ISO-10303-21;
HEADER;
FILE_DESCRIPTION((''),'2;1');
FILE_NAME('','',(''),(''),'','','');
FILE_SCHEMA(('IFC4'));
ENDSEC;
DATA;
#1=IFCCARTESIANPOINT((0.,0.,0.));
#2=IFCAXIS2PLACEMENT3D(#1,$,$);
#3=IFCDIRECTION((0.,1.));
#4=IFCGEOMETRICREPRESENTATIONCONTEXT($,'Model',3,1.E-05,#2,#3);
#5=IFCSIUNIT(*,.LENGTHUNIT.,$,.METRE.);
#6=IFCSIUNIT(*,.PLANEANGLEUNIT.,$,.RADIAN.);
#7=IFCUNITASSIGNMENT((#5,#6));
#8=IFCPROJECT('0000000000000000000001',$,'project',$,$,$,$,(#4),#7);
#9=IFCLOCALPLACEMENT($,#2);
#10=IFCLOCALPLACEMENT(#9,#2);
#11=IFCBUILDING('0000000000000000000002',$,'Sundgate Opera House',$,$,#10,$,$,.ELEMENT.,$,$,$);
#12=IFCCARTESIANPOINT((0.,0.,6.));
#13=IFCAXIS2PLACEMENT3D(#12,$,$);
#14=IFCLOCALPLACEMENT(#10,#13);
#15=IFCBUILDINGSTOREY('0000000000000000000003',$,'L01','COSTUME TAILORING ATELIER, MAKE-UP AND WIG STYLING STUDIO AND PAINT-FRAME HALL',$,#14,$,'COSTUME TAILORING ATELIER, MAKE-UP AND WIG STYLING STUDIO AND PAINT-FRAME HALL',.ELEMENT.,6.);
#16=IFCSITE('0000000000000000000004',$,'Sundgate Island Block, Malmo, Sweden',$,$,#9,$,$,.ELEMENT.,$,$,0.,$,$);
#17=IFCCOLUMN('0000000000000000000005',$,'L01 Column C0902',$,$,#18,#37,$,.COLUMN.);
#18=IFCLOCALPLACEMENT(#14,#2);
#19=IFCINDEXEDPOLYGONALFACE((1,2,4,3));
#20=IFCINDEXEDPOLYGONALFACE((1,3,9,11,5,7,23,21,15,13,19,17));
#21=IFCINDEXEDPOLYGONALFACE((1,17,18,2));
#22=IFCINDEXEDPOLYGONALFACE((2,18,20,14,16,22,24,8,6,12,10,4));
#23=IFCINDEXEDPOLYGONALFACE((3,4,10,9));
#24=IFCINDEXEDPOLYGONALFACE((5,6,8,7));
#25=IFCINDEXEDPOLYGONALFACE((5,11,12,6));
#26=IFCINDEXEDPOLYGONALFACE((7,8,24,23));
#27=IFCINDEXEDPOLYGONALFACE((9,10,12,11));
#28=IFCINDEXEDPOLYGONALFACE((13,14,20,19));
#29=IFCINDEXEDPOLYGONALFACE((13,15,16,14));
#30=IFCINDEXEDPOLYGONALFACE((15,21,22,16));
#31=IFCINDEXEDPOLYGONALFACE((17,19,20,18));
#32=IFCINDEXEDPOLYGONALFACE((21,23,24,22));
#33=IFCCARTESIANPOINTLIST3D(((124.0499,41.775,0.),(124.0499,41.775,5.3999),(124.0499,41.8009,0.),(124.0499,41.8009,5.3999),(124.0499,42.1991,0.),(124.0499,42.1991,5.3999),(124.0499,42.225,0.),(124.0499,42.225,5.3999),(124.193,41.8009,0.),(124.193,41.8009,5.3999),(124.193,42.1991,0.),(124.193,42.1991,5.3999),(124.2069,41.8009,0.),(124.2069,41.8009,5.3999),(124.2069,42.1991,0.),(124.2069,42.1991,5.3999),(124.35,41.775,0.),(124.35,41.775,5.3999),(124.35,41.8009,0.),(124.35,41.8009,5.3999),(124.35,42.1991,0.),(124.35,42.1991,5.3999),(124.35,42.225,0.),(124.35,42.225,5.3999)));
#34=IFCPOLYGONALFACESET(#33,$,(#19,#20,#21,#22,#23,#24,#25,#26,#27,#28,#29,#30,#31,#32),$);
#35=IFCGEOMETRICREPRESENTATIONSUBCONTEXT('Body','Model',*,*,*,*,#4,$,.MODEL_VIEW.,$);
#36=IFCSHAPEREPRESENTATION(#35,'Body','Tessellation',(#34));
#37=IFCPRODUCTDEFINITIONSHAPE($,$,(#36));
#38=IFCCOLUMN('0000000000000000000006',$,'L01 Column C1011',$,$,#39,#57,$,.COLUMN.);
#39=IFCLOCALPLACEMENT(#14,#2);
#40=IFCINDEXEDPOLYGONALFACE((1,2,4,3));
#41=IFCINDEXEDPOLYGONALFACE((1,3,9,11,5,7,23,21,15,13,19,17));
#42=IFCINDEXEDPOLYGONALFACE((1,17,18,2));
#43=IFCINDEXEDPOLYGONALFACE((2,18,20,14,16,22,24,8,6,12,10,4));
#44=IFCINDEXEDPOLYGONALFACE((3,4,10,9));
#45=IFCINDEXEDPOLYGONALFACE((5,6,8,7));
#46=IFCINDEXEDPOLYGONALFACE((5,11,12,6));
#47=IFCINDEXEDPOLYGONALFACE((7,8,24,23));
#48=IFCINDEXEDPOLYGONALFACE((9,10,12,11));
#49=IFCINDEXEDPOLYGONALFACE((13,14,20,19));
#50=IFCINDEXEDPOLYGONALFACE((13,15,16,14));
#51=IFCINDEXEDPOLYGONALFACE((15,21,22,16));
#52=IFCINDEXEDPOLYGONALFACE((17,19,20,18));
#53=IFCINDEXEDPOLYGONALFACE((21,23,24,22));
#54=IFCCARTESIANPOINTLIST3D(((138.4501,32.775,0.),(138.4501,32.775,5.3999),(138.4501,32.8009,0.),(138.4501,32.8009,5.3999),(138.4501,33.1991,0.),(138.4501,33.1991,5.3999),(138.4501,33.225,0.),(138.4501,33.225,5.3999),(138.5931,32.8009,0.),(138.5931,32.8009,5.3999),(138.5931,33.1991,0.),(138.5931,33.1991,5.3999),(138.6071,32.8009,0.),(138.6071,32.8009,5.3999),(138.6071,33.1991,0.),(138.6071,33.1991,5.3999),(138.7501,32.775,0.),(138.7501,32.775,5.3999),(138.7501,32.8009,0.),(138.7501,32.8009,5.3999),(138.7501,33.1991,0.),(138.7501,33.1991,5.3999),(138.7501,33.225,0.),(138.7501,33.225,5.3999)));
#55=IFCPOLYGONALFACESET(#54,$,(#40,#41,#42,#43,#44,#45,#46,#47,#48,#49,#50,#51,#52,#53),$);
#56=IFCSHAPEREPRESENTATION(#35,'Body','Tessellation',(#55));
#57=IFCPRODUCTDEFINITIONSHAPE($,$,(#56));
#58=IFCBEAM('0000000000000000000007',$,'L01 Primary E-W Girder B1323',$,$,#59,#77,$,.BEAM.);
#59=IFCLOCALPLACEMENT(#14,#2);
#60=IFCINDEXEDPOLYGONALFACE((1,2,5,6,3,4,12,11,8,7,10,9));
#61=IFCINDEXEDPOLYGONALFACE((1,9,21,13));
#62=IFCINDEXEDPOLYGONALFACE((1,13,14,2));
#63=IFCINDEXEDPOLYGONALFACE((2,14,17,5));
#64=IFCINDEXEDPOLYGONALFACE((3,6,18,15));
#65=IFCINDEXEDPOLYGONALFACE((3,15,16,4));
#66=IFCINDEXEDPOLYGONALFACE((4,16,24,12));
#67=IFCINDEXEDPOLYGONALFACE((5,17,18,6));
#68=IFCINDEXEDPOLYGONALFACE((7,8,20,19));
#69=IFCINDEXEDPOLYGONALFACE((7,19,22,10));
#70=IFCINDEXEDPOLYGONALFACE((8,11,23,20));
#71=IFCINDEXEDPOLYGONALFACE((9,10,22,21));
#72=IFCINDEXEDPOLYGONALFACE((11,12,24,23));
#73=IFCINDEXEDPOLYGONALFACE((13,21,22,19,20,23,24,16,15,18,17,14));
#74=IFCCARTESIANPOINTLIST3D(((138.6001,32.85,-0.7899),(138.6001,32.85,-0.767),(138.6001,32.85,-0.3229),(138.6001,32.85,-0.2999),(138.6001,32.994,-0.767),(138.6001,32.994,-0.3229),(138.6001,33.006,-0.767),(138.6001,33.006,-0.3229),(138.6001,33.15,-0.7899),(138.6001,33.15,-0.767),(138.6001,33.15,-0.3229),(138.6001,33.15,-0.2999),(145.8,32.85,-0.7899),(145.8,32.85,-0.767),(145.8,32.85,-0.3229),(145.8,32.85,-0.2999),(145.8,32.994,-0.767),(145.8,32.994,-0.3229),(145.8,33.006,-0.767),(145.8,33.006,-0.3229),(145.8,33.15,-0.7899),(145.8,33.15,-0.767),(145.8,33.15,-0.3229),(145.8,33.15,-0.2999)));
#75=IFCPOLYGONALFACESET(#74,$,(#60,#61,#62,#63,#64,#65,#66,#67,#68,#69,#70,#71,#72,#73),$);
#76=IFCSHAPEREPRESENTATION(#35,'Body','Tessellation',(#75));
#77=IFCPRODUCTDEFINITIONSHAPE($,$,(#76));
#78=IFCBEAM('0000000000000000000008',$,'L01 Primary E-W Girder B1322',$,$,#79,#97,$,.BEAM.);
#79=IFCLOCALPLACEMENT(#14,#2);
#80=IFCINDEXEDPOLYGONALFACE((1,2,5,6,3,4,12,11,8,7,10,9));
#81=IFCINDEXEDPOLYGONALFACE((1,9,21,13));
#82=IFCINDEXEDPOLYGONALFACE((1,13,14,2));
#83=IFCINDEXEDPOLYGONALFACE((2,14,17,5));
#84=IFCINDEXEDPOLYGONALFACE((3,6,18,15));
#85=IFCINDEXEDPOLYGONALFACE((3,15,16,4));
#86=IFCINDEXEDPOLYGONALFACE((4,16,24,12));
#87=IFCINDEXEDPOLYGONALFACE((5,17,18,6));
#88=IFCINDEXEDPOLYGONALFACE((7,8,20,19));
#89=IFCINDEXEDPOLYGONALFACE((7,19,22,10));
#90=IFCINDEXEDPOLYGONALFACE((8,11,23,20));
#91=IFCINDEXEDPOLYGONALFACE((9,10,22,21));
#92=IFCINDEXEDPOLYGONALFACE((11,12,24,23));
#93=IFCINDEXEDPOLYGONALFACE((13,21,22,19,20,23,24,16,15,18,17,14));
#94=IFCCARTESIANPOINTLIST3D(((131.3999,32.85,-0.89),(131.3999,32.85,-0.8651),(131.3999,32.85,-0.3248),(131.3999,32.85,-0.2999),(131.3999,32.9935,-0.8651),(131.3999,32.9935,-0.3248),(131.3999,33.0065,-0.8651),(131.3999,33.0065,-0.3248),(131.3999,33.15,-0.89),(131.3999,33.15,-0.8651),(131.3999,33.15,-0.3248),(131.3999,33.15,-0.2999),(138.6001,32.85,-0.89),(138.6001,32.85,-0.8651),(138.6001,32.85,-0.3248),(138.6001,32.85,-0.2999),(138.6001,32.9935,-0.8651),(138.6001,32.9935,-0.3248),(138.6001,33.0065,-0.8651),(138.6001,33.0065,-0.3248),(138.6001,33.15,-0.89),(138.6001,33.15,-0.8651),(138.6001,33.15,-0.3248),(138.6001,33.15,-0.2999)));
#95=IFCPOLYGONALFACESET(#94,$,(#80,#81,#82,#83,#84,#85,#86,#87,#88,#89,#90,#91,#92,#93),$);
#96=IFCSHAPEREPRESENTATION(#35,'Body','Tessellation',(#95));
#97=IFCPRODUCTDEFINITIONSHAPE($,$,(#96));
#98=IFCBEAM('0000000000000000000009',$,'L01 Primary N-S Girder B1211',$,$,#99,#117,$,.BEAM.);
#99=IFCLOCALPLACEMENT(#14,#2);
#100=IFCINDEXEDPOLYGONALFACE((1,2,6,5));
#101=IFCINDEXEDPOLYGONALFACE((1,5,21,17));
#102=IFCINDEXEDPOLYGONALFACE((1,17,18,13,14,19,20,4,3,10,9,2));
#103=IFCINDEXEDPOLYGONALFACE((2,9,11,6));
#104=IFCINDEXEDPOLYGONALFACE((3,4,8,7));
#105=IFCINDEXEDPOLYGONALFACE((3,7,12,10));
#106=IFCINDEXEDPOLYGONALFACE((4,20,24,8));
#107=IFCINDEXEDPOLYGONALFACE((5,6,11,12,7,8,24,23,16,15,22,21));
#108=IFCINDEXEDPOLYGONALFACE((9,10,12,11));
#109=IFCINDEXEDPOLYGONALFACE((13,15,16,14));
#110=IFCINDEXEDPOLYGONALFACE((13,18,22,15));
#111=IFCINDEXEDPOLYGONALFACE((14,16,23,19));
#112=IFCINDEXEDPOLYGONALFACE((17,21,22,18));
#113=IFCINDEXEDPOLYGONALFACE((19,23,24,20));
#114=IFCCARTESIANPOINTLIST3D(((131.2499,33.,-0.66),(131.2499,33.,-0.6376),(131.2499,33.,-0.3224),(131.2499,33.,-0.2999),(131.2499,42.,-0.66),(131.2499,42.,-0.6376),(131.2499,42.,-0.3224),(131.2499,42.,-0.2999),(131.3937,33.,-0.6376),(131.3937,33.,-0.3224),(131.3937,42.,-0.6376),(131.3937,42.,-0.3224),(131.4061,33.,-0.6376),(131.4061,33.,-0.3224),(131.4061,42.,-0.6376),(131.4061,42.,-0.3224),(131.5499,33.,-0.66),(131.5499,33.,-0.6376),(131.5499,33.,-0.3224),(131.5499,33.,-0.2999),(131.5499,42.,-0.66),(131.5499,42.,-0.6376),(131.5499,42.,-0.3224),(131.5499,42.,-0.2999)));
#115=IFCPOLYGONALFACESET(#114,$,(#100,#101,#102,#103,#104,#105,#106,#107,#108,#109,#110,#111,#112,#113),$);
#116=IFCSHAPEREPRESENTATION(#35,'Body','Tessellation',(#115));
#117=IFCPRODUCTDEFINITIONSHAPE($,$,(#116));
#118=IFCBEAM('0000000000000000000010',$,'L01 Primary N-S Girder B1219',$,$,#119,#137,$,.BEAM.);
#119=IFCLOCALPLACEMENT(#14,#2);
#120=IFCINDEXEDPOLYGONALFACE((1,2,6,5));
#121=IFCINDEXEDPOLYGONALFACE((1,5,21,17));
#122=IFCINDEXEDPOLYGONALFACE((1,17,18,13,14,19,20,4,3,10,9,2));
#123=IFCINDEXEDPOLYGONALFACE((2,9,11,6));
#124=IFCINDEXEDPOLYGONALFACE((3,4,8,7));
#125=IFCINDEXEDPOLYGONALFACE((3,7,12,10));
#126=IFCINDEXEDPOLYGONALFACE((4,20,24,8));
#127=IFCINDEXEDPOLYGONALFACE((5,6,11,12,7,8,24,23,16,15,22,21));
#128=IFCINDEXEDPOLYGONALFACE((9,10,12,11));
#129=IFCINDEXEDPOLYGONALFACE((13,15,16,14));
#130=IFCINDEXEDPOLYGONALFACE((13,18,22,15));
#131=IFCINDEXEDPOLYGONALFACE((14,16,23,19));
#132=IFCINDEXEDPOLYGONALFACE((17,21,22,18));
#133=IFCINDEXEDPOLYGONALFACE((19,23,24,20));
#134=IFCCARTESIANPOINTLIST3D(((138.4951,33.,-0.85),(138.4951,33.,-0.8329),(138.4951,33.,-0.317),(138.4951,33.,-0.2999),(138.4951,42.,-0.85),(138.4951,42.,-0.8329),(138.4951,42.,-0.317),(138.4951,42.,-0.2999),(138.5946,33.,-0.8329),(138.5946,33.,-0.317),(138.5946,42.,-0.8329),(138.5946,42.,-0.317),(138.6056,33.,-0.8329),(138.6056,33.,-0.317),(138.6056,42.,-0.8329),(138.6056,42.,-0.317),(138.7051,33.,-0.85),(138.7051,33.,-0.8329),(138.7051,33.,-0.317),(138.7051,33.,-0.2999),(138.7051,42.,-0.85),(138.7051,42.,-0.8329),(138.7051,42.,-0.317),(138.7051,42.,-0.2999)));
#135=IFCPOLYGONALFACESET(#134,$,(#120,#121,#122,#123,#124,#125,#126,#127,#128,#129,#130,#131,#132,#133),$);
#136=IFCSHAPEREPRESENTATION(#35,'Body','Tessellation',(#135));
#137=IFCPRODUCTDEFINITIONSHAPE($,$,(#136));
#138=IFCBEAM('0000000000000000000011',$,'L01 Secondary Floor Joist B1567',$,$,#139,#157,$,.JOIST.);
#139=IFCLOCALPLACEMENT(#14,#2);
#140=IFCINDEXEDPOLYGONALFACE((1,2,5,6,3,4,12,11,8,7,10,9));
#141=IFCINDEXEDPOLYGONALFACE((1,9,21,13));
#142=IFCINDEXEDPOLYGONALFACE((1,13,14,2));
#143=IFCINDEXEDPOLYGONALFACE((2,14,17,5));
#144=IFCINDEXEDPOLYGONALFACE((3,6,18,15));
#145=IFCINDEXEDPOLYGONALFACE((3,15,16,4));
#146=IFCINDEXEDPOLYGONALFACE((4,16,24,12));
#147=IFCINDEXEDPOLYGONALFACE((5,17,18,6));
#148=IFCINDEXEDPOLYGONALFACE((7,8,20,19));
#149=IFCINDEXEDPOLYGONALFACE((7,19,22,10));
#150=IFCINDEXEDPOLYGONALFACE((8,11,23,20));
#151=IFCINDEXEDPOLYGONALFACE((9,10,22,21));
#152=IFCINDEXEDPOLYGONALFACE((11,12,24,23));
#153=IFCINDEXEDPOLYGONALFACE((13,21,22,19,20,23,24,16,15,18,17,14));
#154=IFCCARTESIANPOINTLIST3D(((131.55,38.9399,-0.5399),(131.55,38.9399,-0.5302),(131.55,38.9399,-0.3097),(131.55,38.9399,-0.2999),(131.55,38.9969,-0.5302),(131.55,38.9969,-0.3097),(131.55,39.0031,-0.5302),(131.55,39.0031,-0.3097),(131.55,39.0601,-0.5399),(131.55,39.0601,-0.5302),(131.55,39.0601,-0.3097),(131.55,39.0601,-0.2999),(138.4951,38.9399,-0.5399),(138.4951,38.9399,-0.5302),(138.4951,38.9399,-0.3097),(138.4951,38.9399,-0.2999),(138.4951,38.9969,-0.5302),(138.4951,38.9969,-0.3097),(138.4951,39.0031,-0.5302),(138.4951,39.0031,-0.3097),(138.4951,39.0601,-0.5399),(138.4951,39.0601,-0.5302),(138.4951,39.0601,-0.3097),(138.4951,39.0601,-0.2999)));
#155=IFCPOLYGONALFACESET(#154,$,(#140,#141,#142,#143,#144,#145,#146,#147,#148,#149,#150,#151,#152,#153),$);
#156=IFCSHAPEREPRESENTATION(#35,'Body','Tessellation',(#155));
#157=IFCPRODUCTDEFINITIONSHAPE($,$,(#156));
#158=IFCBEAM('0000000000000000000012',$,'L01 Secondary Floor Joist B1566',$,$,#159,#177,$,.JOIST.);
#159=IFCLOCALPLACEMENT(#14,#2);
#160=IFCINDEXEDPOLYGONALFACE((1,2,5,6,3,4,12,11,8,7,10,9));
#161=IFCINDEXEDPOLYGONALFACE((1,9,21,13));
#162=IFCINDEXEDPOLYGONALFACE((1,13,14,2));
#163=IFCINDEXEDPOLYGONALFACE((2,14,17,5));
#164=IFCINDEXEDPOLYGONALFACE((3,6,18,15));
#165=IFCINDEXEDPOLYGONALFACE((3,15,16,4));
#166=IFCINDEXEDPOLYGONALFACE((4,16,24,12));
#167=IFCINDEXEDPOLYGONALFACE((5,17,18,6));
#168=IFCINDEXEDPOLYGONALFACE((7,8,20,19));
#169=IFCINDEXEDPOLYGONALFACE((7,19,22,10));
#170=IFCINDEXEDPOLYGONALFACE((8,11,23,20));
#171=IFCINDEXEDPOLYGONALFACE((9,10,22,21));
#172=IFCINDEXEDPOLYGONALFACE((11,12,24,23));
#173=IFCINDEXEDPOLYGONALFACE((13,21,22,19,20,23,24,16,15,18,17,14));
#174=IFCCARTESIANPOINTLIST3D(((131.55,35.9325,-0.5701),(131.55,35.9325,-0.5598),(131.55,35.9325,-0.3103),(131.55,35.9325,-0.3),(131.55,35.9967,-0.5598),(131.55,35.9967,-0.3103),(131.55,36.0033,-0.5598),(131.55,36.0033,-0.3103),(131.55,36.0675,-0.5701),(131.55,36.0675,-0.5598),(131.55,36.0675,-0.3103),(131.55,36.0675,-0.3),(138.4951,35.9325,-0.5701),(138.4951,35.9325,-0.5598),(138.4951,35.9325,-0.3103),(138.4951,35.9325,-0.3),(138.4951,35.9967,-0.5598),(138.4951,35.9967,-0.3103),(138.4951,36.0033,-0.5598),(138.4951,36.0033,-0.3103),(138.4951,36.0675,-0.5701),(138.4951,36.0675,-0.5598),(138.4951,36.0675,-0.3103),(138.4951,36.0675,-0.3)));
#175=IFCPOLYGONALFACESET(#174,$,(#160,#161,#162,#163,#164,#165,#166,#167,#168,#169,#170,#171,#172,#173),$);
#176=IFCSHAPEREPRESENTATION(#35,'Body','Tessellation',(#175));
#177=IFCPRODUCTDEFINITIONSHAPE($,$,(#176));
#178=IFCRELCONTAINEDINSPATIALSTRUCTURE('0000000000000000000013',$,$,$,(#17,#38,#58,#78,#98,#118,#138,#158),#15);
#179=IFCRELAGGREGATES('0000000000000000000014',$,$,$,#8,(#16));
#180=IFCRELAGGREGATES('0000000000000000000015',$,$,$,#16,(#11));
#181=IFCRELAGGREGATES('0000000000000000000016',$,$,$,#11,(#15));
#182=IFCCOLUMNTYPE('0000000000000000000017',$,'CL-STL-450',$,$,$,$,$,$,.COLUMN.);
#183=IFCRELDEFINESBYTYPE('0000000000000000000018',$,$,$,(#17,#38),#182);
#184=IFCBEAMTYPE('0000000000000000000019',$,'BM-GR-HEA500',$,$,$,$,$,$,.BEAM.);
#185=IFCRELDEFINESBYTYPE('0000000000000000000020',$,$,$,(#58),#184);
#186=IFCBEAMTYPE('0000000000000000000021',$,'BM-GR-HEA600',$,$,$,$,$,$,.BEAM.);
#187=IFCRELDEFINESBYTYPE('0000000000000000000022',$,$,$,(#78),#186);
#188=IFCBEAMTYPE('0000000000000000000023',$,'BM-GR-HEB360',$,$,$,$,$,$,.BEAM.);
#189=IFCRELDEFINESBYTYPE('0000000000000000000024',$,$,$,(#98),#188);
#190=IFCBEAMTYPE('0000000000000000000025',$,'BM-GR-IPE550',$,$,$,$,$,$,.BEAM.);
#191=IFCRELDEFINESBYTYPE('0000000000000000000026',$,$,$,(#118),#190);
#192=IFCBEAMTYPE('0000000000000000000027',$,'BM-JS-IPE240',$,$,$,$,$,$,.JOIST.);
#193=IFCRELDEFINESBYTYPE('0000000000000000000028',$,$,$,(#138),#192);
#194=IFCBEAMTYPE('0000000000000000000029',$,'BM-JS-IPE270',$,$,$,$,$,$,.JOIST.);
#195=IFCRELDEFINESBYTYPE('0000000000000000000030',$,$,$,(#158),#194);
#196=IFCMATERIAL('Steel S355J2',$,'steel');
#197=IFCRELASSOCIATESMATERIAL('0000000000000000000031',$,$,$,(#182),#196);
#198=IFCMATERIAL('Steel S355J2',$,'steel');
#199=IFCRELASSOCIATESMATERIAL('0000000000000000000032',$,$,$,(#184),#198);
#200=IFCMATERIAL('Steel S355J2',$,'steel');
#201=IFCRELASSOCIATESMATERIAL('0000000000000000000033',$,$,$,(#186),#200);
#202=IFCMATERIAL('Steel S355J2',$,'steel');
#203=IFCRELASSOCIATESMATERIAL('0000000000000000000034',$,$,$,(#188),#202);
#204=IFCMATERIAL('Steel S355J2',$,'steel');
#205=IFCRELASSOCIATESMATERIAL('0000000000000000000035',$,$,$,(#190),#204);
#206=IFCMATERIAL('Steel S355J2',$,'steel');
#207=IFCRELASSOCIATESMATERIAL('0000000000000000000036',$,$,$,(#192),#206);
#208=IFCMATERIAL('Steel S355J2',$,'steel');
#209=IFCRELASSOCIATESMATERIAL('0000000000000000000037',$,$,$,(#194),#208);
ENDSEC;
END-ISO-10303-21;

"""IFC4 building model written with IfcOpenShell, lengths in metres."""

from ifc_helpers import new_model, si_unit, direction, frame, origin, origin_2d, place, context, subcontext, project, spatial, i_section, extrude, material, material_profile, profile_set, type_object, element, save


model = new_model("IFC4")

# Units and contexts
model_context = context("Model", 3, precision=1e-05, world=origin(), true_north=direction((0.0, 1.0)))
body_context = subcontext(model_context, "Body", "Model", "MODEL_VIEW")
ifc_project = project(units=[si_unit("LENGTHUNIT", "METRE"), si_unit("PLANEANGLEUNIT", "RADIAN")], contexts=[model_context])

# Site, building, storey
site_placement = place(None, origin())
site = spatial("IfcSite", under=ifc_project, at=site_placement, Name="Sundgate Island Block, Malmo, Sweden", CompositionType="ELEMENT", RefElevation=0.0)
building_placement = place(site_placement, origin())
building = spatial("IfcBuilding", under=site, at=building_placement, Name="Sundgate Opera House", CompositionType="ELEMENT")
storey_placement = place(building_placement, frame((0.0, 0.0, 6.0)))
storey = spatial("IfcBuildingStorey", under=building, at=storey_placement, Name="L01", Description="COSTUME TAILORING ATELIER, MAKE-UP AND WIG STYLING STUDIO AND PAINT-FRAME HALL", LongName="COSTUME TAILORING ATELIER, MAKE-UP AND WIG STYLING STUDIO AND PAINT-FRAME HALL", CompositionType="ELEMENT", Elevation=6.0)

# Columns
ifc_material_1 = material(Name="Steel S355J2", Category="steel")
ifc_material_profile_1 = material_profile(ifc_material_1, i_section(OverallWidth=0.3, OverallDepth=0.45, WebThickness=0.0139, FlangeThickness=0.0259, at=origin_2d()), Name="HEB 450")
ifc_profile_set_1 = profile_set([ifc_material_profile_1], Name="Steel S355J2")
column_type = type_object("IfcColumnType", Name="CL-STL-450", PredefinedType="COLUMN", material=ifc_profile_set_1)
for number, where, z_axis, x_axis, name in (
    (1, (124.2, 42.0, 0.0), (0.0, 0.0, 1.0), (1.0, 0.0, 0.0), "L01 Column C0902"),
    (2, (138.6001, 33.0, 0.0), (0.0, 0.0, 1.0), (1.0, 0.0, 0.0), "L01 Column C1011"),
):
    element("IfcColumn", number, at=place(storey_placement, frame(where, z_axis=z_axis, x_axis=x_axis)), inside=storey, type_object=column_type, Name=name, PredefinedType="COLUMN", context=body_context, shape_type="SweptSolid", body=[
        extrude(i_section(OverallWidth=0.3, OverallDepth=0.45, WebThickness=0.0139, FlangeThickness=0.0259, at=origin_2d()), origin(), (0.0, 0.0, 1.0), 5.3999),
    ])

# Beams
ifc_material_2 = material(Name="Steel S355J2", Category="steel")
ifc_material_profile_2 = material_profile(ifc_material_2, i_section(OverallWidth=0.3, OverallDepth=0.49, WebThickness=0.012, FlangeThickness=0.0229, at=origin_2d()), Name="HEA 500")
ifc_profile_set_2 = profile_set([ifc_material_profile_2], Name="Steel S355J2")
beam_type_1 = type_object("IfcBeamType", Name="BM-GR-HEA500", PredefinedType="BEAM", material=ifc_profile_set_2)
beam_1_placement = place(storey_placement, frame((138.6001, 33.0, -0.5449), z_axis=(1.0, 0.0, 0.0), x_axis=(0.0, 1.0, 0.0)))
element("IfcBeam", 3, at=beam_1_placement, inside=storey, type_object=beam_type_1, Name="L01 Primary E-W Girder B1323", PredefinedType="BEAM", context=body_context, shape_type="SweptSolid", body=[
    extrude(i_section(OverallWidth=0.3, OverallDepth=0.49, WebThickness=0.012, FlangeThickness=0.0229, at=origin_2d()), origin(), (0.0, 0.0, 1.0), 7.2),
])
ifc_material_3 = material(Name="Steel S355J2", Category="steel")
ifc_material_profile_3 = material_profile(ifc_material_3, i_section(OverallWidth=0.3, OverallDepth=0.5901, WebThickness=0.0129, FlangeThickness=0.0249, at=origin_2d()), Name="HEA 600")
ifc_profile_set_3 = profile_set([ifc_material_profile_3], Name="Steel S355J2")
beam_type_2 = type_object("IfcBeamType", Name="BM-GR-HEA600", PredefinedType="BEAM", material=ifc_profile_set_3)
beam_2_placement = place(storey_placement, frame((131.3999, 33.0, -0.595), z_axis=(1.0, 0.0, 0.0), x_axis=(0.0, 1.0, 0.0)))
element("IfcBeam", 4, at=beam_2_placement, inside=storey, type_object=beam_type_2, Name="L01 Primary E-W Girder B1322", PredefinedType="BEAM", context=body_context, shape_type="SweptSolid", body=[
    extrude(i_section(OverallWidth=0.3, OverallDepth=0.5901, WebThickness=0.0129, FlangeThickness=0.0249, at=origin_2d()), origin(), (0.0, 0.0, 1.0), 7.2002),
])
ifc_material_4 = material(Name="Steel S355J2", Category="steel")
ifc_material_profile_4 = material_profile(ifc_material_4, i_section(OverallWidth=0.3, OverallDepth=0.3601, WebThickness=0.0125, FlangeThickness=0.0225, at=origin_2d()), Name="HEB 360")
ifc_profile_set_4 = profile_set([ifc_material_profile_4], Name="Steel S355J2")
beam_type_3 = type_object("IfcBeamType", Name="BM-GR-HEB360", PredefinedType="BEAM", material=ifc_profile_set_4)
beam_3_placement = place(storey_placement, frame((131.3999, 33.0, -0.48), z_axis=(0.0, 1.0, 0.0), x_axis=(-1.0, 0.0, 0.0)))
element("IfcBeam", 5, at=beam_3_placement, inside=storey, type_object=beam_type_3, Name="L01 Primary N-S Girder B1211", PredefinedType="BEAM", context=body_context, shape_type="SweptSolid", body=[
    extrude(i_section(OverallWidth=0.3, OverallDepth=0.3601, WebThickness=0.0125, FlangeThickness=0.0225, at=origin_2d()), origin(), (0.0, 0.0, 1.0), 9.0),
])
ifc_material_5 = material(Name="Steel S355J2", Category="steel")
ifc_material_profile_5 = material_profile(ifc_material_5, i_section(OverallWidth=0.21, OverallDepth=0.55, WebThickness=0.011, FlangeThickness=0.0171, at=origin_2d()), Name="IPE 550")
ifc_profile_set_5 = profile_set([ifc_material_profile_5], Name="Steel S355J2")
beam_type_4 = type_object("IfcBeamType", Name="BM-GR-IPE550", PredefinedType="BEAM", material=ifc_profile_set_5)
beam_4_placement = place(storey_placement, frame((138.6001, 33.0, -0.575), z_axis=(0.0, 1.0, 0.0), x_axis=(-1.0, 0.0, 0.0)))
element("IfcBeam", 6, at=beam_4_placement, inside=storey, type_object=beam_type_4, Name="L01 Primary N-S Girder B1219", PredefinedType="BEAM", context=body_context, shape_type="SweptSolid", body=[
    extrude(i_section(OverallWidth=0.21, OverallDepth=0.55, WebThickness=0.011, FlangeThickness=0.0171, at=origin_2d()), origin(), (0.0, 0.0, 1.0), 9.0),
])
ifc_material_6 = material(Name="Steel S355J2", Category="steel")
ifc_material_profile_6 = material_profile(ifc_material_6, i_section(OverallWidth=0.1201, OverallDepth=0.24, WebThickness=0.0061, FlangeThickness=0.0098, at=origin_2d()), Name="IPE 240")
ifc_profile_set_6 = profile_set([ifc_material_profile_6], Name="Steel S355J2")
beam_type_5 = type_object("IfcBeamType", Name="BM-JS-IPE240", PredefinedType="JOIST", material=ifc_profile_set_6)
beam_5_placement = place(storey_placement, frame((131.55, 39.0, -0.4199), z_axis=(1.0, 0.0, 0.0), x_axis=(0.0, 1.0, 0.0)))
element("IfcBeam", 7, at=beam_5_placement, inside=storey, type_object=beam_type_5, Name="L01 Secondary Floor Joist B1567", PredefinedType="JOIST", context=body_context, shape_type="SweptSolid", body=[
    extrude(i_section(OverallWidth=0.1201, OverallDepth=0.24, WebThickness=0.0061, FlangeThickness=0.0098, at=origin_2d()), origin(), (0.0, 0.0, 1.0), 6.9451),
])
ifc_material_7 = material(Name="Steel S355J2", Category="steel")
ifc_material_profile_7 = material_profile(ifc_material_7, i_section(OverallWidth=0.135, OverallDepth=0.27, WebThickness=0.0066, FlangeThickness=0.0103, at=origin_2d()), Name="IPE 270")
ifc_profile_set_7 = profile_set([ifc_material_profile_7], Name="Steel S355J2")
beam_type_6 = type_object("IfcBeamType", Name="BM-JS-IPE270", PredefinedType="JOIST", material=ifc_profile_set_7)
beam_6_placement = place(storey_placement, frame((131.55, 36.0, -0.4351), z_axis=(1.0, 0.0, 0.0), x_axis=(0.0, 1.0, 0.0)))
element("IfcBeam", 8, at=beam_6_placement, inside=storey, type_object=beam_type_6, Name="L01 Secondary Floor Joist B1566", PredefinedType="JOIST", context=body_context, shape_type="SweptSolid", body=[
    extrude(i_section(OverallWidth=0.135, OverallDepth=0.27, WebThickness=0.0066, FlangeThickness=0.0103, at=origin_2d()), origin(), (0.0, 0.0, 1.0), 6.9451),
])

save(model, "model.ifc")
